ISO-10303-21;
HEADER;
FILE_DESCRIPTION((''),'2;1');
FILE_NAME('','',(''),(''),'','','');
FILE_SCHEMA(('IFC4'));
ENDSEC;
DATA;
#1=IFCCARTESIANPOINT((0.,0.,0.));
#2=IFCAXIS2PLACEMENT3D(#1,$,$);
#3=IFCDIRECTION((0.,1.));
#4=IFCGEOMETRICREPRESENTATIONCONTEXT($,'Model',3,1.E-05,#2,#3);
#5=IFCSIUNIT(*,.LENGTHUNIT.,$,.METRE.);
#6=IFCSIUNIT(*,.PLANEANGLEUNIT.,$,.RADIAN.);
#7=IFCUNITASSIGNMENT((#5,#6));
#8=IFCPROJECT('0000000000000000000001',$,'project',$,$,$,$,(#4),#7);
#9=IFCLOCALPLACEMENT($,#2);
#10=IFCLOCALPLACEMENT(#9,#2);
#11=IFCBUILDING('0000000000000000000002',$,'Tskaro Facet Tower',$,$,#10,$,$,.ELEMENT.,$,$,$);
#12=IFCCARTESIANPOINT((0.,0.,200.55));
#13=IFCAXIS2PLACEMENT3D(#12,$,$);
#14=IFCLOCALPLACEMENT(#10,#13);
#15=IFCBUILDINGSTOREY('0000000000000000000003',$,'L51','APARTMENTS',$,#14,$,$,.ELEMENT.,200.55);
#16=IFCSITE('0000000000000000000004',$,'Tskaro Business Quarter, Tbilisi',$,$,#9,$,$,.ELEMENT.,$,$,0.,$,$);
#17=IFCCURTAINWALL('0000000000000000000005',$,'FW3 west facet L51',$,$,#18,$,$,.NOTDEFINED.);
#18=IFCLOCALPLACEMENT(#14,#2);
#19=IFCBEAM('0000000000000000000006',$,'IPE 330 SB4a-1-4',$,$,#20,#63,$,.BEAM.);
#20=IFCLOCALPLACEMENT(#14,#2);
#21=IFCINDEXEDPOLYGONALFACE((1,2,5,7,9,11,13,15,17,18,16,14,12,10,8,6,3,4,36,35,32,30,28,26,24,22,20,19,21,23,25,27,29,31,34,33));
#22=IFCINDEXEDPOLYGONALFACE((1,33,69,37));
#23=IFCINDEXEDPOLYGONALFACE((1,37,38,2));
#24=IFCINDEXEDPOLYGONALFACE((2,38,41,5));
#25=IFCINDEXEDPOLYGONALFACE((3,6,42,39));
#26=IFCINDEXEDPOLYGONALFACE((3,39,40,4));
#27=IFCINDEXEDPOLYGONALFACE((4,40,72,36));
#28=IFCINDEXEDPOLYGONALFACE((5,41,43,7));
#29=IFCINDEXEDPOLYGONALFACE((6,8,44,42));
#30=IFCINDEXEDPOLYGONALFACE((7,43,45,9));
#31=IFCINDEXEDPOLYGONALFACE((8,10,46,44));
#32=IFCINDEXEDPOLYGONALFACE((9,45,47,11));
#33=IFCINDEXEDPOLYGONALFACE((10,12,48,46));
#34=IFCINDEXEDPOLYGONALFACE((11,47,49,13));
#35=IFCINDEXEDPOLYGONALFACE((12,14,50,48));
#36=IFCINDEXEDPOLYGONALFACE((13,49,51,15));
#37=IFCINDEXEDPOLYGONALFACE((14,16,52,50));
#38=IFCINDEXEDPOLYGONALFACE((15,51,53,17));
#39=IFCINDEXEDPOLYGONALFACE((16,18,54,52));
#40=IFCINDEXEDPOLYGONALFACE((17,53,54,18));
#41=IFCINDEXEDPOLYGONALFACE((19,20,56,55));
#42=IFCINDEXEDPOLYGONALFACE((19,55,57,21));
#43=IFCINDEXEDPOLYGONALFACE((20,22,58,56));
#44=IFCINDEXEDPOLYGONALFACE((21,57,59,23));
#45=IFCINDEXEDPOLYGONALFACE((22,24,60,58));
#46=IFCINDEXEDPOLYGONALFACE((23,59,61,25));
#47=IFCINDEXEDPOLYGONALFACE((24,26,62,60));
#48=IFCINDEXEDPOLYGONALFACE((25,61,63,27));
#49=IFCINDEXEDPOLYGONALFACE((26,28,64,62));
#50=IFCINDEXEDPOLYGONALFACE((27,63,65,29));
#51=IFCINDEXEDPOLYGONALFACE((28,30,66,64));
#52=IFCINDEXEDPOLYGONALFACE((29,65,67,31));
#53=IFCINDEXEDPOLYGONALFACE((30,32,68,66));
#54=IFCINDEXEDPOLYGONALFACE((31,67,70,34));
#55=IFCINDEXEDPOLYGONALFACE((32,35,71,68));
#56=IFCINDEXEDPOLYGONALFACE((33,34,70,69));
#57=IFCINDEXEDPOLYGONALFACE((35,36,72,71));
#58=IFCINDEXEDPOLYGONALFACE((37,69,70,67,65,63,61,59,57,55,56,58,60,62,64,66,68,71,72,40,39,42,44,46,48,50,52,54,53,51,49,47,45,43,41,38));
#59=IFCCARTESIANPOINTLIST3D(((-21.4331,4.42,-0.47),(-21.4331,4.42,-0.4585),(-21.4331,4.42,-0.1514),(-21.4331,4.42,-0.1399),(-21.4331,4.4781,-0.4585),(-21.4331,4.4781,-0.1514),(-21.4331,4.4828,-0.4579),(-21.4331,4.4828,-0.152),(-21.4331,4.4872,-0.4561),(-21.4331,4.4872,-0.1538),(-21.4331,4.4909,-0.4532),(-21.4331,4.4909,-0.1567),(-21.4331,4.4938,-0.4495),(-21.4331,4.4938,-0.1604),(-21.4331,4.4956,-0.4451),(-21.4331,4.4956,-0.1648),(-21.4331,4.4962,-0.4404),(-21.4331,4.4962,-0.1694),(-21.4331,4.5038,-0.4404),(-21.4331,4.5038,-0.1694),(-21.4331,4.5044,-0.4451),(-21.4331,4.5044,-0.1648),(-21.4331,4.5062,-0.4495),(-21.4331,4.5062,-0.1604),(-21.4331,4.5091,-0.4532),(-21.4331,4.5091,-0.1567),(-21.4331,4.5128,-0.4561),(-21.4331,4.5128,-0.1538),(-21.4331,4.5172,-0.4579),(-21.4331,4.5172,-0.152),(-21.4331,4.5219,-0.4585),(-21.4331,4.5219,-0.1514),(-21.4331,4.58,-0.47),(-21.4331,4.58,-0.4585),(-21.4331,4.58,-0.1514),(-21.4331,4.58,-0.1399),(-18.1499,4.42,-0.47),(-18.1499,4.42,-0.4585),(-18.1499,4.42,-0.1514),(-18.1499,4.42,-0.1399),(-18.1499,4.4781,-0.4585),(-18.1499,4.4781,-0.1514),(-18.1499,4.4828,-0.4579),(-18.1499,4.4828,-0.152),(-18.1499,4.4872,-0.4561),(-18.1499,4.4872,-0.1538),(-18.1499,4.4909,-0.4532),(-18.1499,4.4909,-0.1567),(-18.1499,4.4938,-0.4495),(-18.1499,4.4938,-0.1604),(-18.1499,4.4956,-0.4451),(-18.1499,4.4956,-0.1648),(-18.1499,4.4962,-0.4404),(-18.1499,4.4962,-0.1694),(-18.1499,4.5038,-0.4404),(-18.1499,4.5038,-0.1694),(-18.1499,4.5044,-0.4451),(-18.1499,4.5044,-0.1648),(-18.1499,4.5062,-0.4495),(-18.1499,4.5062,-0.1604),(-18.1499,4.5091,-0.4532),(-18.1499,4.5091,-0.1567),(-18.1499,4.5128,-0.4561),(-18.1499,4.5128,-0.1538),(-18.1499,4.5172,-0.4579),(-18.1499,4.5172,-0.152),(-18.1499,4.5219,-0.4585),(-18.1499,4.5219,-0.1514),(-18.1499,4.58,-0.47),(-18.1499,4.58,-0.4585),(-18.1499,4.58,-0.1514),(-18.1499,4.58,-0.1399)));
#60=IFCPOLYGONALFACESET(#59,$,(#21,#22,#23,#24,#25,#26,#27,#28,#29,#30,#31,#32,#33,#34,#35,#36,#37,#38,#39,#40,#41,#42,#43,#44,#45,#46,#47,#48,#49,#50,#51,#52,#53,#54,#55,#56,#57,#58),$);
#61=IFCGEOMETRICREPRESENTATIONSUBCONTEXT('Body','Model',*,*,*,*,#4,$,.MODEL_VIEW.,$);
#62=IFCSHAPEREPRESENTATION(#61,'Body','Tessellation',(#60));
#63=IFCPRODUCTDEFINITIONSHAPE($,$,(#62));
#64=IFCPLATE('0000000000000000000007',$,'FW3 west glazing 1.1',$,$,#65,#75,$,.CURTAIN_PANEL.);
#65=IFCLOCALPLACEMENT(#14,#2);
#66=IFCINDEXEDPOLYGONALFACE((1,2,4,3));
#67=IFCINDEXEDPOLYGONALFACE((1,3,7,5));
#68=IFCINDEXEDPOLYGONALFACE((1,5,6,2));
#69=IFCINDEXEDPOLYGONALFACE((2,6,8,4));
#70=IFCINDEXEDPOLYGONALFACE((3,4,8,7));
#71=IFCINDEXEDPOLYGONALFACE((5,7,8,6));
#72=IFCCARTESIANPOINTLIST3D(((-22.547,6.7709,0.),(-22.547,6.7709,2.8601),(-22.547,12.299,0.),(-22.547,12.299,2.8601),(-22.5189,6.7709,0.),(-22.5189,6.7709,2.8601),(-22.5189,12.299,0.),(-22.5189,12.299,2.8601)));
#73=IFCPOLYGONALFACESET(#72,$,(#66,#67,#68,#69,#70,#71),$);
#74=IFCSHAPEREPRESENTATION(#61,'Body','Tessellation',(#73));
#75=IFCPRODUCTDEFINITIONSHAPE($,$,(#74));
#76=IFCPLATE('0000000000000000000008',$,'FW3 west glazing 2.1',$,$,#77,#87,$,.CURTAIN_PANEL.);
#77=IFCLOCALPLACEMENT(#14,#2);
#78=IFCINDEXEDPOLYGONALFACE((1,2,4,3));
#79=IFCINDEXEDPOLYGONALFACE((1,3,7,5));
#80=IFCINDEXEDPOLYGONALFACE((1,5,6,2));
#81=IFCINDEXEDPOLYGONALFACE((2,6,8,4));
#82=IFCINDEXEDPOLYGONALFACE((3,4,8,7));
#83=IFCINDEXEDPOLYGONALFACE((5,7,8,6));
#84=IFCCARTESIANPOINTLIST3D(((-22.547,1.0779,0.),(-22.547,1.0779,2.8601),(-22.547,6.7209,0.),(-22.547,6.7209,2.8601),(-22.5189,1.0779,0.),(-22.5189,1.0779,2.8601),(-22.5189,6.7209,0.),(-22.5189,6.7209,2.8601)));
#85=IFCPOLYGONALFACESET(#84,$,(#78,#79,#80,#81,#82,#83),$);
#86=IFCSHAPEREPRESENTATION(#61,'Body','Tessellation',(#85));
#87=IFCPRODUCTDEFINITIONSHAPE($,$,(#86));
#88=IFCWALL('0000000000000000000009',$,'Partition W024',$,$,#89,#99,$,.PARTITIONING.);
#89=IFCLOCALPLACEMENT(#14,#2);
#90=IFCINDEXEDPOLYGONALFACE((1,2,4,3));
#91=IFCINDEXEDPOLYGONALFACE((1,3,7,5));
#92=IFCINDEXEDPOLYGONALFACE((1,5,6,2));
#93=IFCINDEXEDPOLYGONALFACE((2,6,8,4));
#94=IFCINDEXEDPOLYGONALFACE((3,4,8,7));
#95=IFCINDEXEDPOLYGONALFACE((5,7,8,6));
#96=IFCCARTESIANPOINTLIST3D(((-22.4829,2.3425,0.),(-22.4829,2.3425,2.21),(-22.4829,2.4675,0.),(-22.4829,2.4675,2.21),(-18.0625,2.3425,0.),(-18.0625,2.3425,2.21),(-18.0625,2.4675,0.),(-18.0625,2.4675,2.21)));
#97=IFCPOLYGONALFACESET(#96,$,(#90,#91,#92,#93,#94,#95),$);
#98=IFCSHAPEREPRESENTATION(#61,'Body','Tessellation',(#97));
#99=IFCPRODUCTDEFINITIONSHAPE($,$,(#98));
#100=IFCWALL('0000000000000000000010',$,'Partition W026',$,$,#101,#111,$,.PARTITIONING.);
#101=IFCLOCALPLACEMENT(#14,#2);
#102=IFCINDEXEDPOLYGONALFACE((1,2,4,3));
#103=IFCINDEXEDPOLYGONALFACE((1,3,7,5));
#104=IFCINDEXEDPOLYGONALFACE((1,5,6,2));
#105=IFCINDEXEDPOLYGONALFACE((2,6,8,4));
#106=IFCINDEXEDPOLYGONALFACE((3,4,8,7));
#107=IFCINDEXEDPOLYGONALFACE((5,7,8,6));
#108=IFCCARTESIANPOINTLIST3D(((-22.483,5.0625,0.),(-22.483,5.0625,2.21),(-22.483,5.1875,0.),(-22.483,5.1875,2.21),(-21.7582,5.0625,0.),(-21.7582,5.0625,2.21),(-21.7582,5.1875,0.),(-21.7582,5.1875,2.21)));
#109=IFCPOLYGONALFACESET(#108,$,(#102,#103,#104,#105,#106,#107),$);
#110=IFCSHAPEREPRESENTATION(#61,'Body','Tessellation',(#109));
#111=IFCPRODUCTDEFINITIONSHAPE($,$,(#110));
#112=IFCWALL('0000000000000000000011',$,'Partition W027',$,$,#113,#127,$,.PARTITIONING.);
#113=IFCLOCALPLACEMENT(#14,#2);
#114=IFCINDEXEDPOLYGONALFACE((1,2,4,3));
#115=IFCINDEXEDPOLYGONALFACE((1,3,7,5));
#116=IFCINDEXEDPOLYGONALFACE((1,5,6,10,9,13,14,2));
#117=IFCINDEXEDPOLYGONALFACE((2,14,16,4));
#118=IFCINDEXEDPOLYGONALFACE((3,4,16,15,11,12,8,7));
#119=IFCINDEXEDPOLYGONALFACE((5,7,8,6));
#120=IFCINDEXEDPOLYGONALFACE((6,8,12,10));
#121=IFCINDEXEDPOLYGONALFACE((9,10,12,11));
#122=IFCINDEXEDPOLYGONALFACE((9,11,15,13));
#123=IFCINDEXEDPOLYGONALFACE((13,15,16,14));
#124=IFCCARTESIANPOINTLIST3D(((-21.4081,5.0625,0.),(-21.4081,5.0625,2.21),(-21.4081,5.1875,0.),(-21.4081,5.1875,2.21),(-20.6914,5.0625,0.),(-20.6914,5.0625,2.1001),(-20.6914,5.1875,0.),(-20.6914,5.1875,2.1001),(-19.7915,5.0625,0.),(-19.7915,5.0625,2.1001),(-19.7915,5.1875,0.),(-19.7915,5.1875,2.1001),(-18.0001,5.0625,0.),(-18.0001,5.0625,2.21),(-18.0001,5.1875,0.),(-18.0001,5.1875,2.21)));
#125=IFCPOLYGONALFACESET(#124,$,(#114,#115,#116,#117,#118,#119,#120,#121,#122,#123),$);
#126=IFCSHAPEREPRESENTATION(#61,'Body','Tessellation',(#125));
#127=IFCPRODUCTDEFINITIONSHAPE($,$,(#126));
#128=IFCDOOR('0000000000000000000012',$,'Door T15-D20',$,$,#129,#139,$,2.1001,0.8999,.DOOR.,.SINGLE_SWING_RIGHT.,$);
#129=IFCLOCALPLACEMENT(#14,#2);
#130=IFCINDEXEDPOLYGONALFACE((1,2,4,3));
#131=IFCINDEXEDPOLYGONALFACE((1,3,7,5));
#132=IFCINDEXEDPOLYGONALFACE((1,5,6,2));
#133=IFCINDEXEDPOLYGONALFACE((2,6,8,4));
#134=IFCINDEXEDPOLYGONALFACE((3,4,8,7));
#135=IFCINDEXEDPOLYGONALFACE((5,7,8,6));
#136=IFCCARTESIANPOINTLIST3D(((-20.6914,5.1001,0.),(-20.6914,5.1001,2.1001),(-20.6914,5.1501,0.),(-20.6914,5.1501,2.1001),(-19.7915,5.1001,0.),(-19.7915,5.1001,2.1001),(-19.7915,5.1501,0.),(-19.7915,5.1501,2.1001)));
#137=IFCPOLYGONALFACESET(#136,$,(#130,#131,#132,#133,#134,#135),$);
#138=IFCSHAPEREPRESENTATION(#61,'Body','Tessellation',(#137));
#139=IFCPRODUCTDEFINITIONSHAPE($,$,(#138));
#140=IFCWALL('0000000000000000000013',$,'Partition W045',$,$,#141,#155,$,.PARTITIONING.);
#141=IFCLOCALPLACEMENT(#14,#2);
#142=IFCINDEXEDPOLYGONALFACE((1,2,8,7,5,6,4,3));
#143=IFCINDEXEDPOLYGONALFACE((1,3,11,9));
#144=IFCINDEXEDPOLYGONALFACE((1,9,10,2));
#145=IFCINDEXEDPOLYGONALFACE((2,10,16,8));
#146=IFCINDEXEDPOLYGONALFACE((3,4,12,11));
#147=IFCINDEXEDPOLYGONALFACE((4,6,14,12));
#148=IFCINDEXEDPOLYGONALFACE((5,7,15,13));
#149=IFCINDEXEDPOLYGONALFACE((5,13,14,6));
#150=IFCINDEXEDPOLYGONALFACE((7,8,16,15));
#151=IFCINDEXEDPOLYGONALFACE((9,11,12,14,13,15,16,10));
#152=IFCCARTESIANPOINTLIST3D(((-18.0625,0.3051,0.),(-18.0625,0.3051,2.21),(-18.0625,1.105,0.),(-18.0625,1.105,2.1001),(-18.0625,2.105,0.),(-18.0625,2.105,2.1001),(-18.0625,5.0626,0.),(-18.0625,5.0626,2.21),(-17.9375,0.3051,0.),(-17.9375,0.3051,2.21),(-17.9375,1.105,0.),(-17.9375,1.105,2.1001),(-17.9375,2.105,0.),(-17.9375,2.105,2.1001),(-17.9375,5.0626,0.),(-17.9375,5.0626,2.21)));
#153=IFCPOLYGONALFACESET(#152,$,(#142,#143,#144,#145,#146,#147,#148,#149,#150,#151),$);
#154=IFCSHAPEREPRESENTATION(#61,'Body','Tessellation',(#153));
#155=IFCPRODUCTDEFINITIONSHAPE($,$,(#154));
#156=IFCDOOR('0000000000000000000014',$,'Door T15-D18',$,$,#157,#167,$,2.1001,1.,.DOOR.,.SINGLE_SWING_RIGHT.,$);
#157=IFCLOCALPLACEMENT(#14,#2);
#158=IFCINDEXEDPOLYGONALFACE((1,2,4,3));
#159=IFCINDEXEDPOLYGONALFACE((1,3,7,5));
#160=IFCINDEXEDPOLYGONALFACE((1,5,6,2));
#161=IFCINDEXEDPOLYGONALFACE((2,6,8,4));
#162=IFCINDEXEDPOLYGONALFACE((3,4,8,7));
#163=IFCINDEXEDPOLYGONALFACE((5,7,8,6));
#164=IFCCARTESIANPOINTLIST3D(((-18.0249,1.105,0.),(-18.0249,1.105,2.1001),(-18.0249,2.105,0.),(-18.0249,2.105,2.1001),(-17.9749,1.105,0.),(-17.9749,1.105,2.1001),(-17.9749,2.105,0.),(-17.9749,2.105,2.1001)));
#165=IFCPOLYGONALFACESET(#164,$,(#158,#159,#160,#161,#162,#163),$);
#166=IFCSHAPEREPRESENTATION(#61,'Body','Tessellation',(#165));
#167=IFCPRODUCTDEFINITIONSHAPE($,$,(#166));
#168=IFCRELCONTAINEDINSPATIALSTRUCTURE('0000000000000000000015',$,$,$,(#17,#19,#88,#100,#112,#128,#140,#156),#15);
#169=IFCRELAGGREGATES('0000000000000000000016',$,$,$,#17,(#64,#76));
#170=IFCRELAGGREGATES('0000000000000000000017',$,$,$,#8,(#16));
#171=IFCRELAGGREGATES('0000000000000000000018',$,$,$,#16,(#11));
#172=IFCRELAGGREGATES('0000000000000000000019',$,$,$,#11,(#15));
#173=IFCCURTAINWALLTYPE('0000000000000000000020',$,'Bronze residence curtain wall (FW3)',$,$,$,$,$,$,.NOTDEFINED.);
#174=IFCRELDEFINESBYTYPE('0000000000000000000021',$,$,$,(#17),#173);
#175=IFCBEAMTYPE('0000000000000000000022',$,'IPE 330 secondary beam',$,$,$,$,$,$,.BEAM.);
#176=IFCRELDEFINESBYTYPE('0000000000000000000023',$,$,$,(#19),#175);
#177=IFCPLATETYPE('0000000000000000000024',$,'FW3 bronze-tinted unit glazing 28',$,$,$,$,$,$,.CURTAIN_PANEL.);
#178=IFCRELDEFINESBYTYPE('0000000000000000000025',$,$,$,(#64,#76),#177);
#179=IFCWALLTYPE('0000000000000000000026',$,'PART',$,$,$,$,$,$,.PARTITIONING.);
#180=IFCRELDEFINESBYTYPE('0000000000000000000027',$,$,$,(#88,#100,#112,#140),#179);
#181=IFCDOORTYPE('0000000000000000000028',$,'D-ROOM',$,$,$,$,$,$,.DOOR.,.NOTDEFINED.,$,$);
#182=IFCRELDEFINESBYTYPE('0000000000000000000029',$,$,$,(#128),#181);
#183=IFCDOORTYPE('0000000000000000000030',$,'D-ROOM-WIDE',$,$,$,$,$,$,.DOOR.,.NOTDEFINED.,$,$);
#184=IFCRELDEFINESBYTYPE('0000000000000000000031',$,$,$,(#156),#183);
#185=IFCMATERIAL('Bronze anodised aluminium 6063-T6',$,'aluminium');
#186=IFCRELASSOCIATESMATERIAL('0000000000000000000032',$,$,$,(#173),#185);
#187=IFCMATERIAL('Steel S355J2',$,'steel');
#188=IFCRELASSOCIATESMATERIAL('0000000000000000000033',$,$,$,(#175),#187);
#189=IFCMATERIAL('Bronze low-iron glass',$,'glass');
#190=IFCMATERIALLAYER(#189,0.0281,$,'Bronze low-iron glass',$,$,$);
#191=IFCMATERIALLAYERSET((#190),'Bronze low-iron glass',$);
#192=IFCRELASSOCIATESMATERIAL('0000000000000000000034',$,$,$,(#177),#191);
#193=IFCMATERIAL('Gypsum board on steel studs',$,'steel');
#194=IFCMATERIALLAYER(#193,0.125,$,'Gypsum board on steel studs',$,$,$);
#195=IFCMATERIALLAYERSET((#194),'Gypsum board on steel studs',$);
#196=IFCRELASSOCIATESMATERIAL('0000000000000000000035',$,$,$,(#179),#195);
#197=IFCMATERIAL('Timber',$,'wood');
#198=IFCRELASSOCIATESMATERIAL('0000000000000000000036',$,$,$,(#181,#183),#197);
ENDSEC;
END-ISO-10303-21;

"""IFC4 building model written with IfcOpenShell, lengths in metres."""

from ifc_helpers import new_model, si_unit, direction, frame, frame_2d, origin, origin_2d, place, context, subcontext, project, spatial, rectangle, i_section, extrude, material, layer, layer_set, material_profile, profile_set, type_object, element, fill, aggregate, save


model = new_model("IFC4")

# Units and contexts
model_context = context("Model", 3, precision=1e-05, world=origin(), true_north=direction((0.0, 1.0)))
body_context = subcontext(model_context, "Body", "Model", "MODEL_VIEW")
ifc_project = project(units=[si_unit("LENGTHUNIT", "METRE"), si_unit("PLANEANGLEUNIT", "RADIAN")], contexts=[model_context])

# Site, building, storey
site_placement = place(None, origin())
site = spatial("IfcSite", under=ifc_project, at=site_placement, Name="Tskaro Business Quarter, Tbilisi", CompositionType="ELEMENT", RefElevation=0.0)
building_placement = place(site_placement, origin())
building = spatial("IfcBuilding", under=site, at=building_placement, Name="Tskaro Facet Tower", CompositionType="ELEMENT")
storey_placement = place(building_placement, frame((0.0, 0.0, 200.55)))
storey = spatial("IfcBuildingStorey", under=building, at=storey_placement, Name="L51", Description="APARTMENTS", CompositionType="ELEMENT", Elevation=200.55)

# Curtain wall
ifc_material_1 = material(Name="Bronze anodised aluminium 6063-T6", Category="aluminium")
curtain_wall_type = type_object("IfcCurtainWallType", Name="Bronze residence curtain wall (FW3)", PredefinedType="NOTDEFINED", material=ifc_material_1)
curtain_wall_placement = place(storey_placement, origin())
curtain_wall = element("IfcCurtainWall", 1, at=curtain_wall_placement, inside=storey, type_object=curtain_wall_type, Name="FW3 west facet L51", PredefinedType="NOTDEFINED")

# Beam
ifc_material_2 = material(Name="Steel S355J2", Category="steel")
ifc_material_profile_1 = material_profile(ifc_material_2, i_section(OverallWidth=0.1599, OverallDepth=0.3301, WebThickness=0.0076, FlangeThickness=0.0115, FilletRadius=0.0181, at=origin_2d()), Name="IPE 330")
ifc_profile_set_1 = profile_set([ifc_material_profile_1], Name="Steel S355J2")
beam_type_1 = type_object("IfcBeamType", Name="IPE 330 secondary beam", PredefinedType="BEAM", material=ifc_profile_set_1)
beam_1_placement = place(storey_placement, frame((-21.4331, 4.5, -0.3049), z_axis=(1.0, 0.0, 0.0), x_axis=(0.0, 1.0, 0.0)))
element("IfcBeam", 2, at=beam_1_placement, inside=storey, type_object=beam_type_1, Name="IPE 330 SB4a-1-4", PredefinedType="BEAM", context=body_context, shape_type="SweptSolid", body=[
    extrude(i_section(OverallWidth=0.1599, OverallDepth=0.3301, WebThickness=0.0076, FlangeThickness=0.0115, FilletRadius=0.0181, at=origin_2d()), origin(), (0.0, 0.0, 1.0), 3.2832),
])

# Plates
ifc_material_3 = material(Name="Bronze low-iron glass", Category="glass")
ifc_layer_1 = layer(ifc_material_3, 0.0281, Name="Bronze low-iron glass")
ifc_layer_set_1 = layer_set([ifc_layer_1], Name="Bronze low-iron glass")
plate_type = type_object("IfcPlateType", Name="FW3 bronze-tinted unit glazing 28", PredefinedType="CURTAIN_PANEL", material=ifc_layer_set_1)
plate_1_placement = place(storey_placement, frame((-22.533, 9.5349, 0.0), z_axis=(0.0, 0.0, 1.0), x_axis=(0.0, -1.0, 0.0)))
plate_1 = element("IfcPlate", 3, at=plate_1_placement, type_object=plate_type, Name="FW3 west glazing 1.1", PredefinedType="CURTAIN_PANEL", context=body_context, shape_type="SweptSolid", body=[
    extrude(rectangle(XDim=5.5281, YDim=0.0281, at=origin_2d()), origin(), (0.0, 0.0, 1.0), 2.8601),
])
plate_2_placement = place(storey_placement, frame((-22.533, 3.8994, 0.0), z_axis=(0.0, 0.0, 1.0), x_axis=(0.0, -1.0, 0.0)))
plate_2 = element("IfcPlate", 4, at=plate_2_placement, type_object=plate_type, Name="FW3 west glazing 2.1", PredefinedType="CURTAIN_PANEL", context=body_context, shape_type="SweptSolid", body=[
    extrude(rectangle(XDim=5.6431, YDim=0.0281, at=origin_2d()), origin(), (0.0, 0.0, 1.0), 2.8601),
])
aggregate(curtain_wall, [plate_1, plate_2])

# Walls
ifc_material_4 = material(Name="Gypsum board on steel studs", Category="steel")
ifc_layer_2 = layer(ifc_material_4, 0.125, Name="Gypsum board on steel studs")
ifc_layer_set_2 = layer_set([ifc_layer_2], Name="Gypsum board on steel studs")
wall_type = type_object("IfcWallType", Name="PART", PredefinedType="PARTITIONING", material=ifc_layer_set_2)
wall_1_placement = place(storey_placement, frame((-22.4829, 2.405, 0.0), z_axis=(0.0, 0.0, 1.0), x_axis=(1.0, 0.0, 0.0)))
element("IfcWall", 5, at=wall_1_placement, inside=storey, type_object=wall_type, Name="Partition W024", PredefinedType="PARTITIONING", context=body_context, shape_type="SweptSolid", body=[
    extrude(rectangle(XDim=4.4204, YDim=0.125, at=frame_2d((2.2102, 0.0))), origin(), (0.0, 0.0, 1.0), 2.21),
])
wall_2_placement = place(storey_placement, frame((-22.4829, 5.125, 0.0), z_axis=(0.0, 0.0, 1.0), x_axis=(1.0, 0.0, 0.0)))
element("IfcWall", 6, at=wall_2_placement, inside=storey, type_object=wall_type, Name="Partition W026", PredefinedType="PARTITIONING", context=body_context, shape_type="SweptSolid", body=[
    extrude(rectangle(XDim=0.7249, YDim=0.125, at=frame_2d((0.3623, 0.0))), origin(), (0.0, 0.0, 1.0), 2.21),
])

# Walls, openings, doors
wall_3_placement = place(storey_placement, frame((-18.0, 5.125, 0.0), z_axis=(0.0, 0.0, 1.0), x_axis=(-1.0, 0.0, 0.0)))
wall_3 = element("IfcWall", 7, at=wall_3_placement, inside=storey, type_object=wall_type, Name="Partition W027", PredefinedType="PARTITIONING", context=body_context, shape_type="SweptSolid", body=[
    extrude(rectangle(XDim=3.408, YDim=0.125, at=frame_2d((1.7041, 0.0))), origin(), (0.0, 0.0, 1.0), 2.21),
])
opening_1_placement = place(wall_3_placement, frame((1.7915, 0.0, 0.0)))
opening_1 = element("IfcOpeningElement", 8, at=opening_1_placement, cuts=wall_3, PredefinedType="OPENING", context=body_context, shape_type="SweptSolid", body=[
    extrude(rectangle(XDim=0.8999, YDim=2.1001, at=frame_2d((0.45, 1.05))), frame((0.0, 0.0725, 0.0), z_axis=(0.0, -1.0, 0.0), x_axis=(1.0, 0.0, 0.0)), (0.0, 0.0, 1.0), 0.145),
])
ifc_material_5 = material(Name="Timber", Category="wood")
door_type_1 = type_object("IfcDoorType", Name="D-ROOM", OperationType="NOTDEFINED", PredefinedType="DOOR", material=ifc_material_5)
door_1_placement = place(opening_1_placement, origin())
door_1 = element("IfcDoor", 9, at=door_1_placement, inside=storey, type_object=door_type_1, Name="Door T15-D20", OperationType="SINGLE_SWING_RIGHT", OverallHeight=2.1001, OverallWidth=0.8999, PredefinedType="DOOR", context=body_context, shape_type="SweptSolid", body=[
    extrude(rectangle(XDim=0.8999, YDim=2.1001, at=frame_2d((0.45, 1.05))), frame((0.0, 0.0249, 0.0), z_axis=(0.0, -1.0, 0.0), x_axis=(1.0, 0.0, 0.0)), (0.0, 0.0, 1.0), 0.05),
])
fill(opening_1, door_1)
wall_4_placement = place(storey_placement, frame((-18.0, 0.3049, 0.0), z_axis=(0.0, 0.0, 1.0), x_axis=(0.0, 1.0, 0.0)))
wall_4 = element("IfcWall", 10, at=wall_4_placement, inside=storey, type_object=wall_type, Name="Partition W045", PredefinedType="PARTITIONING", context=body_context, shape_type="SweptSolid", body=[
    extrude(rectangle(XDim=4.7576, YDim=0.125, at=frame_2d((2.3789, 0.0))), origin(), (0.0, 0.0, 1.0), 2.21),
])
opening_2_placement = place(wall_4_placement, frame((0.8, 0.0, 0.0)))
opening_2 = element("IfcOpeningElement", 11, at=opening_2_placement, cuts=wall_4, PredefinedType="OPENING", context=body_context, shape_type="SweptSolid", body=[
    extrude(rectangle(XDim=1.0, YDim=2.1001, at=frame_2d((0.5, 1.05))), frame((0.0, 0.0725, 0.0), z_axis=(0.0, -1.0, 0.0), x_axis=(1.0, 0.0, 0.0)), (0.0, 0.0, 1.0), 0.145),
])
door_type_2 = type_object("IfcDoorType", Name="D-ROOM-WIDE", OperationType="NOTDEFINED", PredefinedType="DOOR", material=ifc_material_5)
door_2_placement = place(opening_2_placement, origin())
door_2 = element("IfcDoor", 12, at=door_2_placement, inside=storey, type_object=door_type_2, Name="Door T15-D18", OperationType="SINGLE_SWING_RIGHT", OverallHeight=2.1001, OverallWidth=1.0, PredefinedType="DOOR", context=body_context, shape_type="SweptSolid", body=[
    extrude(rectangle(XDim=1.0, YDim=2.1001, at=frame_2d((0.5, 1.05))), frame((0.0, 0.0249, 0.0), z_axis=(0.0, -1.0, 0.0), x_axis=(1.0, 0.0, 0.0)), (0.0, 0.0, 1.0), 0.05),
])
fill(opening_2, door_2)

save(model, "model.ifc")
